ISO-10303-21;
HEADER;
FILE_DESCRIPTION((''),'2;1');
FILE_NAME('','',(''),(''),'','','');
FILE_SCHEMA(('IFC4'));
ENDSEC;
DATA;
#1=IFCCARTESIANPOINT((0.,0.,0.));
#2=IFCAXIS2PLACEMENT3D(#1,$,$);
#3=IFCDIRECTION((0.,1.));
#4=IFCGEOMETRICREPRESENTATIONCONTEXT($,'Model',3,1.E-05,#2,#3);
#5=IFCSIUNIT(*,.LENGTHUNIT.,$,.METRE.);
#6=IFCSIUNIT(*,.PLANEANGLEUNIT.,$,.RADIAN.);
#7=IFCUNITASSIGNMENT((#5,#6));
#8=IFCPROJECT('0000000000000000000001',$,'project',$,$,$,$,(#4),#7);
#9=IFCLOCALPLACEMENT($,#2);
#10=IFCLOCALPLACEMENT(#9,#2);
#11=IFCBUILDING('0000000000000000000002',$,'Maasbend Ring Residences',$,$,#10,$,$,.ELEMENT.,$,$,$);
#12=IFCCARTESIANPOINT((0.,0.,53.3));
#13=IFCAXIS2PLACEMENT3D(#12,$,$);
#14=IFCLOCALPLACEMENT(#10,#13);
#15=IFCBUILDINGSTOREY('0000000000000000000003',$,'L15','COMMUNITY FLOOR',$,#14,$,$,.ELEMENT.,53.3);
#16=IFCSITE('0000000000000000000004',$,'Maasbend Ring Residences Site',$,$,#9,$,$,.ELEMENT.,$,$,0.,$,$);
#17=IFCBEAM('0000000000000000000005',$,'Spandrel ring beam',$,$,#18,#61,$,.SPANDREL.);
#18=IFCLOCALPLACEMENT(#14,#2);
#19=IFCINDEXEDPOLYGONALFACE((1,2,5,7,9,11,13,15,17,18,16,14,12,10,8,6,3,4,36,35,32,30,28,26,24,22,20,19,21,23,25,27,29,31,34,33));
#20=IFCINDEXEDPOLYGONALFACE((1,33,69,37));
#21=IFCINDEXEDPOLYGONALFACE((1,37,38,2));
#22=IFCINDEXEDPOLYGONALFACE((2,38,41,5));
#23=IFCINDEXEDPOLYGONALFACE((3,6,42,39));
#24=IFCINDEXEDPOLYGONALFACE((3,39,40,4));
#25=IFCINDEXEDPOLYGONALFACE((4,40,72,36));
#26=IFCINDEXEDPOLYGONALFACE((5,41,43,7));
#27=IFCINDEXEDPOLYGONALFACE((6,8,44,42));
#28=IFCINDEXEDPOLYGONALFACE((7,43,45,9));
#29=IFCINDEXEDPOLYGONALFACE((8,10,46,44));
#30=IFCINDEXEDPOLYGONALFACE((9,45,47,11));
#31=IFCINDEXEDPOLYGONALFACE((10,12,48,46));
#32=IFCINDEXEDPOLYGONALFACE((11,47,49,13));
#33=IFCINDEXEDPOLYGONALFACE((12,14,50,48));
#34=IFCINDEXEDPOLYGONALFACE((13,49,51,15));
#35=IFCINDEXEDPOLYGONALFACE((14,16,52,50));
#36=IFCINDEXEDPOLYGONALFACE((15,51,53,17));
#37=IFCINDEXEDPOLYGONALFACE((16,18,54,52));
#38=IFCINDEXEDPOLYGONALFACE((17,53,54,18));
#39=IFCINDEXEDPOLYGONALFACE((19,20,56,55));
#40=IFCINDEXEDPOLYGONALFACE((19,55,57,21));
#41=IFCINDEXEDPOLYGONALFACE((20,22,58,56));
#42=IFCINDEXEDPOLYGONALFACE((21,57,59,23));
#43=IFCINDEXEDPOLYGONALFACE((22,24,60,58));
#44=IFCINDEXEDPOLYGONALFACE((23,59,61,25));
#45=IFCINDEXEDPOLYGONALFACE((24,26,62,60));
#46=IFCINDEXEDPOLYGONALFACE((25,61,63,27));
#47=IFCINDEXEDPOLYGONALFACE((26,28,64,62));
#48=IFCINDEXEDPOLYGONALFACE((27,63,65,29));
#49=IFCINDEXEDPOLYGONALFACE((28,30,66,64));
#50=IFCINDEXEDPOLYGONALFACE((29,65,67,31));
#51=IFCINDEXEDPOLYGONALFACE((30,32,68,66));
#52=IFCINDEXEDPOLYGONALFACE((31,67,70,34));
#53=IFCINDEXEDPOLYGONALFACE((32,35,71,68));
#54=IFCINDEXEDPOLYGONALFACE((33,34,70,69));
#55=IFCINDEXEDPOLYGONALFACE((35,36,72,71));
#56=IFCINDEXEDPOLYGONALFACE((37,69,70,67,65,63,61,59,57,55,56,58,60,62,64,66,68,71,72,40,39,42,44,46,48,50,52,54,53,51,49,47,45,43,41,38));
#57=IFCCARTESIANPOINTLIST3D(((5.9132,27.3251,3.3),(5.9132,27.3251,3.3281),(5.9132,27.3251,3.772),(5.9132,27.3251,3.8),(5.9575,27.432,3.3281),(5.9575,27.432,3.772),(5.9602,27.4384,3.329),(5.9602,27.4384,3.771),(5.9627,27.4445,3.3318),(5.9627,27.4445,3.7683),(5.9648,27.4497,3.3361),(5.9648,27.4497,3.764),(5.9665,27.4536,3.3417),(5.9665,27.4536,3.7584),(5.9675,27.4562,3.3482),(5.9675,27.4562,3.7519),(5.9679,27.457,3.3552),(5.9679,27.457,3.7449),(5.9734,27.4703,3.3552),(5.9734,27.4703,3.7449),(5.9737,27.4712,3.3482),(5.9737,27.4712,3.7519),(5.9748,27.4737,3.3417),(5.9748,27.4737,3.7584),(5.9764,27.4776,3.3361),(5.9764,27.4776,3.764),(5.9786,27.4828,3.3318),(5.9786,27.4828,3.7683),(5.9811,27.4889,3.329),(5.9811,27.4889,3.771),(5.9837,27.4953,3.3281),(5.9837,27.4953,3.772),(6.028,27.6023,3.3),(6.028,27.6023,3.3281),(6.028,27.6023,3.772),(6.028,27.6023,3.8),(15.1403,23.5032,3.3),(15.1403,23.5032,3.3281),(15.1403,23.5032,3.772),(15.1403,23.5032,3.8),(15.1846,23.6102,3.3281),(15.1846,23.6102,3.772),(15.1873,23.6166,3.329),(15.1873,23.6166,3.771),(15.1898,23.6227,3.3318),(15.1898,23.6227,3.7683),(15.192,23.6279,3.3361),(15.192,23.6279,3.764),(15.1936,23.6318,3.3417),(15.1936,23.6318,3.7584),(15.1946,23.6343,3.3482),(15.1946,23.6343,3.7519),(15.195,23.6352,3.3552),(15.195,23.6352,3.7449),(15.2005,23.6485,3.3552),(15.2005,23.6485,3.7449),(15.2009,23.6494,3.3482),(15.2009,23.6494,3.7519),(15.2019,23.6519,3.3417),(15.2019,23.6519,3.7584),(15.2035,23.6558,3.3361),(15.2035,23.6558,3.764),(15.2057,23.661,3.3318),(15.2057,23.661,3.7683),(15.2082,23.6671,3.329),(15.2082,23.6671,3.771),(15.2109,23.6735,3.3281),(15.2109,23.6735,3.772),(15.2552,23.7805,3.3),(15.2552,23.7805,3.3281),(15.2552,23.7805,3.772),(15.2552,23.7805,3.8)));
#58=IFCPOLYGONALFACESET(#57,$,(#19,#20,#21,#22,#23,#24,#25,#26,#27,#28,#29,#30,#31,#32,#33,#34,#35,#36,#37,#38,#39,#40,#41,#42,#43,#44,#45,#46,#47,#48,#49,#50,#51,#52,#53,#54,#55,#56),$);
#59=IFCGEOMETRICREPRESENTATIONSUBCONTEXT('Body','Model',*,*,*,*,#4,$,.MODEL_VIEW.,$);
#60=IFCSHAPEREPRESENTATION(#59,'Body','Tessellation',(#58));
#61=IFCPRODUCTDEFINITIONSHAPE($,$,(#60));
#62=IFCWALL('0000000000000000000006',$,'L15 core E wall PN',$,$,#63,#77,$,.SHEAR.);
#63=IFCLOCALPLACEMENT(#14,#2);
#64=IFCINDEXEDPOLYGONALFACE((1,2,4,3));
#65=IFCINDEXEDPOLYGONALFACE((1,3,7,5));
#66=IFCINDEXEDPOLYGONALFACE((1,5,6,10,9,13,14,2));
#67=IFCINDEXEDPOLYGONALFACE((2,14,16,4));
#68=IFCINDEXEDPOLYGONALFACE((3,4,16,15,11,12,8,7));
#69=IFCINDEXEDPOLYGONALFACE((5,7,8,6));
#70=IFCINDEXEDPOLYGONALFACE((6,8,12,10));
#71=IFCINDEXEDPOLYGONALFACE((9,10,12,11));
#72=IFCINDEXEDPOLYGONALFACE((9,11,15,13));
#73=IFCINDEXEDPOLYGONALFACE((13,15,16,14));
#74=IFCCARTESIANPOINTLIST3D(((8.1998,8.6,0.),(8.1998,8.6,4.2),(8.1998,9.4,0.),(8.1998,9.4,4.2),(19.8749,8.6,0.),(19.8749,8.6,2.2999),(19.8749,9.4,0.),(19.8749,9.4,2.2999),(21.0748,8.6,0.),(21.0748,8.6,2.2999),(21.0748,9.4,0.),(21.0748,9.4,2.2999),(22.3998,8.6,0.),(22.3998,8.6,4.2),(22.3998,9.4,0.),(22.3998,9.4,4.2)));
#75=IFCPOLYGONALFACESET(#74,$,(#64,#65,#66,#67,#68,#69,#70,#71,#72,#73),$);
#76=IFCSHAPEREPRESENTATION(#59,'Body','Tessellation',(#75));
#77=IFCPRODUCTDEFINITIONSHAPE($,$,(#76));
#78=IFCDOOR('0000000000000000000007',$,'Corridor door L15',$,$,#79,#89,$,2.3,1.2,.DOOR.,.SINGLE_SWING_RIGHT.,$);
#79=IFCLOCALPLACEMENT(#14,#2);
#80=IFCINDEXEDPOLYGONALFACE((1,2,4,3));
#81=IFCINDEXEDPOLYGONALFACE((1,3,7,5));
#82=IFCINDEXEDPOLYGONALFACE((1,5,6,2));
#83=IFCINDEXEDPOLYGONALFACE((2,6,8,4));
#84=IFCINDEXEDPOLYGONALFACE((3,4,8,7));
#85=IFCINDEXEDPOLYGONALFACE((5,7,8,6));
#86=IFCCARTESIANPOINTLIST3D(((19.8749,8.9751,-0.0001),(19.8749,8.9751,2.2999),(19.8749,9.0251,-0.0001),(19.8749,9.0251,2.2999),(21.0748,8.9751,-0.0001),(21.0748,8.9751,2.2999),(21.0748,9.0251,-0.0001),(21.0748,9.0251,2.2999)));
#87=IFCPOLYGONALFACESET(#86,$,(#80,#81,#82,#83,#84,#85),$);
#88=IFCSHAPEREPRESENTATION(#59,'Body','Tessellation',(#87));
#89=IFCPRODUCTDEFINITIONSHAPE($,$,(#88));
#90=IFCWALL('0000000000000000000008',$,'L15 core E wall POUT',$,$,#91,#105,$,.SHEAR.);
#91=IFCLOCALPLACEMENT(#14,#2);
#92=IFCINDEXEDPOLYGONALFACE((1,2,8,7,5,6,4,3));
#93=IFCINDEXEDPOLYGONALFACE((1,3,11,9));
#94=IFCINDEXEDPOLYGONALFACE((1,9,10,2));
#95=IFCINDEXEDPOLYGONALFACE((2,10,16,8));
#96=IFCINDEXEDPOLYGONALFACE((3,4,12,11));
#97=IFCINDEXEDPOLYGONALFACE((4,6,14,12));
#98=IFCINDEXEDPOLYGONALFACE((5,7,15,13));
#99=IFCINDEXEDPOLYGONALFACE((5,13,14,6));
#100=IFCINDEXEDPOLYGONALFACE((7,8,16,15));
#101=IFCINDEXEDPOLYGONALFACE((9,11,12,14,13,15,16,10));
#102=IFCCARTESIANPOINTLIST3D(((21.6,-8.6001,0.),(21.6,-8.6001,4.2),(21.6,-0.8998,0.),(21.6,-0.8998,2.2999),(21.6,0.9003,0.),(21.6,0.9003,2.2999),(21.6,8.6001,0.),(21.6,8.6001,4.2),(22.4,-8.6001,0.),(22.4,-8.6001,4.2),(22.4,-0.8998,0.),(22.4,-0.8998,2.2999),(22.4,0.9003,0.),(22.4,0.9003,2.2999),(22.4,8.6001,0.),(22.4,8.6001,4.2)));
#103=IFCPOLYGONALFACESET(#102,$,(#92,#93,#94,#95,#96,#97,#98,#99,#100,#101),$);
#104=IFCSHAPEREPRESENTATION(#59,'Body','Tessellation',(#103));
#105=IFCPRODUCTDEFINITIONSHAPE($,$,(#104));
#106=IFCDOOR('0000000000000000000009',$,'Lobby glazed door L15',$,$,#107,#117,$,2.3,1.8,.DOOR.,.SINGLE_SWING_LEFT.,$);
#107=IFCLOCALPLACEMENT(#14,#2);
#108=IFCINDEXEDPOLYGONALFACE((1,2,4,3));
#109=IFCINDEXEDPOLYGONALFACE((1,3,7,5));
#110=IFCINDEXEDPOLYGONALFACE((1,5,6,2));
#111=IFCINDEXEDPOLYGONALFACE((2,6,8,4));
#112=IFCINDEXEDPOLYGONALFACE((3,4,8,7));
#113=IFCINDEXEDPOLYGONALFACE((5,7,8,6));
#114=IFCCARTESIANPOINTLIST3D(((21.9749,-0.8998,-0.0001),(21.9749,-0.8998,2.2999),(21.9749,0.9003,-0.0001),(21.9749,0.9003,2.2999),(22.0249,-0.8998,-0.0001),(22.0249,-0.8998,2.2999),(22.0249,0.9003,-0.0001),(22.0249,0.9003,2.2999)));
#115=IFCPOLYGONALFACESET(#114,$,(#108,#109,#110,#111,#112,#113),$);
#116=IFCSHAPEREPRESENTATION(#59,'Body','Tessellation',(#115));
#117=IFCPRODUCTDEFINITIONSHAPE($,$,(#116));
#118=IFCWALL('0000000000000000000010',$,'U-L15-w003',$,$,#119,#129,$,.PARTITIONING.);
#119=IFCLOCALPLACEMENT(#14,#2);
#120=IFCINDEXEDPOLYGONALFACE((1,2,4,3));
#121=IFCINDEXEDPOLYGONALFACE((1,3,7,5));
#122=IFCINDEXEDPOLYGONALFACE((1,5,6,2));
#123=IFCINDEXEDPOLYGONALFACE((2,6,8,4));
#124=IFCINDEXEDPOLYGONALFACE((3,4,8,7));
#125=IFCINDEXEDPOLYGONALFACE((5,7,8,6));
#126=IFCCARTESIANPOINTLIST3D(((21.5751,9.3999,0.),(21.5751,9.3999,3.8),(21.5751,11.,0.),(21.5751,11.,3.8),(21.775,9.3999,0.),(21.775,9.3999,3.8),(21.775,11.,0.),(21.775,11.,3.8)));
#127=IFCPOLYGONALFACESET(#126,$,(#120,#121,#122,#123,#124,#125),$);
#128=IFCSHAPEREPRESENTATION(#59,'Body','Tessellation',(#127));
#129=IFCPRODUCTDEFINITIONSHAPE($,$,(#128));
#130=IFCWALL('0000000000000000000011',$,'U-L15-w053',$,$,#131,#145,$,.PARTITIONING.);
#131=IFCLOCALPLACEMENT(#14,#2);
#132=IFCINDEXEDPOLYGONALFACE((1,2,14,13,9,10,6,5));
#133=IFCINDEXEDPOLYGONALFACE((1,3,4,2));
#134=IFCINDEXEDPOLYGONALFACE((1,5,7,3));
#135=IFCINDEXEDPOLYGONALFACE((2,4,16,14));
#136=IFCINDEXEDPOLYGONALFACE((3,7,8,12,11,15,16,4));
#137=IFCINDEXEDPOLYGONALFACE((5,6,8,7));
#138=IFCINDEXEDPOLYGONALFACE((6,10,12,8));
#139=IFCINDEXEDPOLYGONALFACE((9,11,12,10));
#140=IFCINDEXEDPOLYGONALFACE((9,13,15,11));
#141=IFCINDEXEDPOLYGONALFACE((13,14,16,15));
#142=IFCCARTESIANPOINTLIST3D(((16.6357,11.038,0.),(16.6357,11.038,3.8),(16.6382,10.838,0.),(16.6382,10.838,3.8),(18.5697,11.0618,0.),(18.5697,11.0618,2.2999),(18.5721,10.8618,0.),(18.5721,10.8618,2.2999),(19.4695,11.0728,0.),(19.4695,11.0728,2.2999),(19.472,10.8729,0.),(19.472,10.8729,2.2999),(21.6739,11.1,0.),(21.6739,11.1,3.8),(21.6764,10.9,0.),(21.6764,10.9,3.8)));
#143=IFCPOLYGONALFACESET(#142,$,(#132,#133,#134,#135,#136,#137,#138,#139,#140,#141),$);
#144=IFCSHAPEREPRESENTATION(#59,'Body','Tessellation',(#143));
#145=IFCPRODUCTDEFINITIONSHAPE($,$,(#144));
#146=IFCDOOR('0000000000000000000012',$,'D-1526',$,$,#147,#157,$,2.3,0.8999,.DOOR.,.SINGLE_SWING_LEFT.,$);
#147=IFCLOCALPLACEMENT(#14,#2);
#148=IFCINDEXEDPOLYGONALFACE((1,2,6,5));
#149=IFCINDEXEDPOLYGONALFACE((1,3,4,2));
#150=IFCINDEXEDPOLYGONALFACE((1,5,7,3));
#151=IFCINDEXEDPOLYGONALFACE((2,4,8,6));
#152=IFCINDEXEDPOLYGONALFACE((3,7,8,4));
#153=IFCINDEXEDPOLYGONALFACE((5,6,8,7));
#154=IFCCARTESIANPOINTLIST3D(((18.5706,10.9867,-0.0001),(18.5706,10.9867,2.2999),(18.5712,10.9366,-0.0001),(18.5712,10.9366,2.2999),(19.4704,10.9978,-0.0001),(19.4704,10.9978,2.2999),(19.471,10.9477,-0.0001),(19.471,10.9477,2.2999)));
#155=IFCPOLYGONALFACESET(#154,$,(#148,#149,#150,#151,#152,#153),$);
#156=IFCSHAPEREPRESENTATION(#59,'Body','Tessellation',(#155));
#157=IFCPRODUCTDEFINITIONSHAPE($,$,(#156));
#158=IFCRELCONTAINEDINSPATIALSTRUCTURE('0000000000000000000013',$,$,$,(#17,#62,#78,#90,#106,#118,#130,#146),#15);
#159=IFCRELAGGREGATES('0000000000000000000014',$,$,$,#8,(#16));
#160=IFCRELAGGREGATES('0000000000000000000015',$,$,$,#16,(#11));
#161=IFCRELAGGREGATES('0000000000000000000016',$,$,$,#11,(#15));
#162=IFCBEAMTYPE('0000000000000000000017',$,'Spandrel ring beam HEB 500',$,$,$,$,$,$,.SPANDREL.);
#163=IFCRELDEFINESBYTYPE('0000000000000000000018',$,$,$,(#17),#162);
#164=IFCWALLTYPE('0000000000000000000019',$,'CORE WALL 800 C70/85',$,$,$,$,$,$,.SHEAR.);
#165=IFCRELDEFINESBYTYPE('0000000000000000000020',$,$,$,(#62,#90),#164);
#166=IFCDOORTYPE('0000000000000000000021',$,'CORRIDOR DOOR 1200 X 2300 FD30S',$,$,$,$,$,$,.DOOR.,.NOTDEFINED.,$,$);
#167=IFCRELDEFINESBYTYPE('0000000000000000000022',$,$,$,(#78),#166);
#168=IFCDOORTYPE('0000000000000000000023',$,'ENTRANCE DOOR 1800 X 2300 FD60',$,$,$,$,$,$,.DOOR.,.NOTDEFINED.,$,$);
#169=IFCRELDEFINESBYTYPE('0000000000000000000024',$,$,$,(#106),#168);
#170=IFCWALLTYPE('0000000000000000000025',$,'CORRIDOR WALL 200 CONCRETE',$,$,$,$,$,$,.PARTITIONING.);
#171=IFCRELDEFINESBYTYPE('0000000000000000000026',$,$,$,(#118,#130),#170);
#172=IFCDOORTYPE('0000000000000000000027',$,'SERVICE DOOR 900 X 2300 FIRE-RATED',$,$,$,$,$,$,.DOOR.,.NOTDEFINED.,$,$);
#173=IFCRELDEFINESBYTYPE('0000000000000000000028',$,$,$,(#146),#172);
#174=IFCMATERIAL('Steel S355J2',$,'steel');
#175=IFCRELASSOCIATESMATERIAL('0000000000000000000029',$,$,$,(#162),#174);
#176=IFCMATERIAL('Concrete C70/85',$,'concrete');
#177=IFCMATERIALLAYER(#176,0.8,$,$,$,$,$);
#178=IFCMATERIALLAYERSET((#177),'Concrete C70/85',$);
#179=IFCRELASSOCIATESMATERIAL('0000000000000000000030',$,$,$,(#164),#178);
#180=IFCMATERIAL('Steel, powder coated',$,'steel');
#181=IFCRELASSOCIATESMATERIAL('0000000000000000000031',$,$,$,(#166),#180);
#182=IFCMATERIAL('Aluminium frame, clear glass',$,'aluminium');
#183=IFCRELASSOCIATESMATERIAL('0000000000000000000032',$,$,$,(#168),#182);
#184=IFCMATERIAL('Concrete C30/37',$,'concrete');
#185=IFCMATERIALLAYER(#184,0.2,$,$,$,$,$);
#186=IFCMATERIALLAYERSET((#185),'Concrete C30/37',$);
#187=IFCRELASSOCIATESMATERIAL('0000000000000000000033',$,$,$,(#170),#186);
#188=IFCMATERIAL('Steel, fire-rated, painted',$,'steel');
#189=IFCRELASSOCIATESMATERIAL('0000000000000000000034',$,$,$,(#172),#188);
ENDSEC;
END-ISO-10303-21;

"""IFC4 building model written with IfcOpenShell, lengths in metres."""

from ifc_helpers import new_model, si_unit, direction, frame, frame_2d, origin, origin_2d, place, context, subcontext, project, spatial, rectangle, i_section, extrude, material, layer, layer_set, material_profile, profile_set, type_object, element, fill, save


model = new_model("IFC4")

# Units and contexts
model_context = context("Model", 3, precision=1e-05, world=origin(), true_north=direction((0.0, 1.0)))
body_context = subcontext(model_context, "Body", "Model", "MODEL_VIEW")
ifc_project = project(units=[si_unit("LENGTHUNIT", "METRE"), si_unit("PLANEANGLEUNIT", "RADIAN")], contexts=[model_context])

# Site, building, storey
site_placement = place(None, origin())
site = spatial("IfcSite", under=ifc_project, at=site_placement, Name="Maasbend Ring Residences Site", CompositionType="ELEMENT", RefElevation=0.0)
building_placement = place(site_placement, origin())
building = spatial("IfcBuilding", under=site, at=building_placement, Name="Maasbend Ring Residences", CompositionType="ELEMENT")
storey_placement = place(building_placement, frame((0.0, 0.0, 53.3)))
storey = spatial("IfcBuildingStorey", under=building, at=storey_placement, Name="L15", Description="COMMUNITY FLOOR", CompositionType="ELEMENT", Elevation=53.3)

# Beam
ifc_material_1 = material(Name="Steel S355J2", Category="steel")
ifc_material_profile_1 = material_profile(ifc_material_1, i_section(OverallWidth=0.3, OverallDepth=0.5, WebThickness=0.0144, FlangeThickness=0.0281, FilletRadius=0.0271, at=origin_2d()), Name="HEB 500")
ifc_profile_set_1 = profile_set([ifc_material_profile_1], Name="Steel S355J2")
beam_type_1 = type_object("IfcBeamType", Name="Spandrel ring beam HEB 500", PredefinedType="SPANDREL", material=ifc_profile_set_1)
beam_1_placement = place(storey_placement, frame((15.1978, 23.6418, 3.55), z_axis=(-0.923886, 0.382667, 0.0), x_axis=(-0.382667, -0.923886, 0.0)))
element("IfcBeam", 1, at=beam_1_placement, inside=storey, type_object=beam_type_1, Name="Spandrel ring beam", PredefinedType="SPANDREL", context=body_context, shape_type="SweptSolid", body=[
    extrude(i_section(OverallWidth=0.3, OverallDepth=0.5, WebThickness=0.0144, FlangeThickness=0.0281, FilletRadius=0.0271, at=origin_2d()), origin(), (0.0, 0.0, 1.0), 9.9873),
])

# Walls, openings, doors
ifc_material_2 = material(Name="Concrete C70/85", Category="concrete")
ifc_layer_1 = layer(ifc_material_2, 0.8)
ifc_layer_set_1 = layer_set([ifc_layer_1], Name="Concrete C70/85")
wall_type_1 = type_object("IfcWallType", Name="CORE WALL 800 C70/85", PredefinedType="SHEAR", material=ifc_layer_set_1)
wall_1_placement = place(storey_placement, frame((22.3999, 9.0, 0.0), z_axis=(0.0, 0.0, 1.0), x_axis=(-1.0, 0.0, 0.0)))
wall_1 = element("IfcWall", 2, at=wall_1_placement, inside=storey, type_object=wall_type_1, Name="L15 core E wall PN", PredefinedType="SHEAR", context=body_context, shape_type="SweptSolid", body=[
    extrude(rectangle(XDim=14.2, YDim=0.8, at=frame_2d((7.1001, 0.0))), origin(), (0.0, 0.0, 1.0), 4.2),
])
opening_1_placement = place(wall_1_placement, frame((1.325, 0.0, 0.0)))
opening_1 = element("IfcOpeningElement", 3, at=opening_1_placement, cuts=wall_1, PredefinedType="OPENING", context=body_context, shape_type="SweptSolid", body=[
    extrude(rectangle(XDim=1.2, YDim=2.3, at=frame_2d((0.6001, 1.1499))), frame((0.0, 0.4102, 0.0), z_axis=(0.0, -1.0, 0.0), x_axis=(1.0, 0.0, 0.0)), (0.0, 0.0, 1.0), 0.8201),
])
ifc_material_3 = material(Name="Steel, powder coated", Category="steel")
door_type_1 = type_object("IfcDoorType", Name="CORRIDOR DOOR 1200 X 2300 FD30S", OperationType="NOTDEFINED", PredefinedType="DOOR", material=ifc_material_3)
door_1_placement = place(opening_1_placement, origin())
door_1 = element("IfcDoor", 4, at=door_1_placement, inside=storey, type_object=door_type_1, Name="Corridor door L15", OperationType="SINGLE_SWING_RIGHT", OverallHeight=2.3, OverallWidth=1.2, PredefinedType="DOOR", context=body_context, shape_type="SweptSolid", body=[
    extrude(rectangle(XDim=1.2, YDim=2.3, at=frame_2d((0.6001, 1.1499))), frame((0.0, 0.0249, 0.0), z_axis=(0.0, -1.0, 0.0), x_axis=(1.0, 0.0, 0.0)), (0.0, 0.0, 1.0), 0.05),
])
fill(opening_1, door_1)
wall_2_placement = place(storey_placement, frame((22.0, 8.6001, 0.0), z_axis=(0.0, 0.0, 1.0), x_axis=(0.0, -1.0, 0.0)))
wall_2 = element("IfcWall", 5, at=wall_2_placement, inside=storey, type_object=wall_type_1, Name="L15 core E wall POUT", PredefinedType="SHEAR", context=body_context, shape_type="SweptSolid", body=[
    extrude(rectangle(XDim=17.2002, YDim=0.8, at=frame_2d((8.6001, 0.0))), origin(), (0.0, 0.0, 1.0), 4.2),
])
opening_2_placement = place(wall_2_placement, frame((7.7, 0.0, 0.0)))
opening_2 = element("IfcOpeningElement", 6, at=opening_2_placement, cuts=wall_2, PredefinedType="OPENING", context=body_context, shape_type="SweptSolid", body=[
    extrude(rectangle(XDim=1.8, YDim=2.3, at=frame_2d((0.8999, 1.1499))), frame((0.0, 0.4102, 0.0), z_axis=(0.0, -1.0, 0.0), x_axis=(1.0, 0.0, 0.0)), (0.0, 0.0, 1.0), 0.8201),
])
ifc_material_4 = material(Name="Aluminium frame, clear glass", Category="aluminium")
door_type_2 = type_object("IfcDoorType", Name="ENTRANCE DOOR 1800 X 2300 FD60", OperationType="NOTDEFINED", PredefinedType="DOOR", material=ifc_material_4)
door_2_placement = place(opening_2_placement, origin())
door_2 = element("IfcDoor", 7, at=door_2_placement, inside=storey, type_object=door_type_2, Name="Lobby glazed door L15", OperationType="SINGLE_SWING_LEFT", OverallHeight=2.3, OverallWidth=1.8, PredefinedType="DOOR", context=body_context, shape_type="SweptSolid", body=[
    extrude(rectangle(XDim=1.8, YDim=2.3, at=frame_2d((0.8999, 1.1499))), frame((0.0, 0.0249, 0.0), z_axis=(0.0, -1.0, 0.0), x_axis=(1.0, 0.0, 0.0)), (0.0, 0.0, 1.0), 0.05),
])
fill(opening_2, door_2)

# Wall
ifc_material_5 = material(Name="Concrete C30/37", Category="concrete")
ifc_layer_2 = layer(ifc_material_5, 0.2)
ifc_layer_set_2 = layer_set([ifc_layer_2], Name="Concrete C30/37")
wall_type_2 = type_object("IfcWallType", Name="CORRIDOR WALL 200 CONCRETE", PredefinedType="PARTITIONING", material=ifc_layer_set_2)
wall_3_placement = place(storey_placement, frame((21.675, 9.3999, 0.0), z_axis=(0.0, 0.0, 1.0), x_axis=(0.0, 1.0, 0.0)))
element("IfcWall", 8, at=wall_3_placement, inside=storey, type_object=wall_type_2, Name="U-L15-w003", PredefinedType="PARTITIONING", context=body_context, shape_type="SweptSolid", body=[
    extrude(rectangle(XDim=1.6001, YDim=0.2, at=frame_2d((0.8, 0.0))), origin(), (0.0, 0.0, 1.0), 3.8),
])

# Wall, opening, door
wall_4_placement = place(storey_placement, frame((16.637, 10.938, 0.0), z_axis=(0.0, 0.0, 1.0), x_axis=(0.999924, 0.012308, 0.0)))
wall_4 = element("IfcWall", 9, at=wall_4_placement, inside=storey, type_object=wall_type_2, Name="U-L15-w053", PredefinedType="PARTITIONING", context=body_context, shape_type="SweptSolid", body=[
    extrude(rectangle(XDim=5.0386, YDim=0.2, at=frame_2d((2.5193, 0.0))), origin(), (0.0, 0.0, 1.0), 3.8),
])
opening_3_placement = place(wall_4_placement, frame((1.9341, 0.0, 0.0)))
opening_3 = element("IfcOpeningElement", 10, at=opening_3_placement, cuts=wall_4, PredefinedType="OPENING", context=body_context, shape_type="SweptSolid", body=[
    extrude(rectangle(XDim=0.8999, YDim=2.3, at=frame_2d((0.45, 1.1499))), frame((0.0, 0.1099, 0.0), z_axis=(0.0, -1.0, 0.0), x_axis=(1.0, 0.0, 0.0)), (0.0, 0.0, 1.0), 0.22),
])
ifc_material_6 = material(Name="Steel, fire-rated, painted", Category="steel")
door_type_3 = type_object("IfcDoorType", Name="SERVICE DOOR 900 X 2300 FIRE-RATED", OperationType="NOTDEFINED", PredefinedType="DOOR", material=ifc_material_6)
door_3_placement = place(opening_3_placement, origin())
door_3 = element("IfcDoor", 11, at=door_3_placement, inside=storey, type_object=door_type_3, Name="D-1526", OperationType="SINGLE_SWING_LEFT", OverallHeight=2.3, OverallWidth=0.8999, PredefinedType="DOOR", context=body_context, shape_type="SweptSolid", body=[
    extrude(rectangle(XDim=0.8999, YDim=2.3, at=frame_2d((0.45, 1.1499))), frame((0.0, 0.0249, 0.0), z_axis=(0.0, -1.0, 0.0), x_axis=(1.0, 0.0, 0.0)), (0.0, 0.0, 1.0), 0.05),
])
fill(opening_3, door_3)

save(model, "model.ifc")
